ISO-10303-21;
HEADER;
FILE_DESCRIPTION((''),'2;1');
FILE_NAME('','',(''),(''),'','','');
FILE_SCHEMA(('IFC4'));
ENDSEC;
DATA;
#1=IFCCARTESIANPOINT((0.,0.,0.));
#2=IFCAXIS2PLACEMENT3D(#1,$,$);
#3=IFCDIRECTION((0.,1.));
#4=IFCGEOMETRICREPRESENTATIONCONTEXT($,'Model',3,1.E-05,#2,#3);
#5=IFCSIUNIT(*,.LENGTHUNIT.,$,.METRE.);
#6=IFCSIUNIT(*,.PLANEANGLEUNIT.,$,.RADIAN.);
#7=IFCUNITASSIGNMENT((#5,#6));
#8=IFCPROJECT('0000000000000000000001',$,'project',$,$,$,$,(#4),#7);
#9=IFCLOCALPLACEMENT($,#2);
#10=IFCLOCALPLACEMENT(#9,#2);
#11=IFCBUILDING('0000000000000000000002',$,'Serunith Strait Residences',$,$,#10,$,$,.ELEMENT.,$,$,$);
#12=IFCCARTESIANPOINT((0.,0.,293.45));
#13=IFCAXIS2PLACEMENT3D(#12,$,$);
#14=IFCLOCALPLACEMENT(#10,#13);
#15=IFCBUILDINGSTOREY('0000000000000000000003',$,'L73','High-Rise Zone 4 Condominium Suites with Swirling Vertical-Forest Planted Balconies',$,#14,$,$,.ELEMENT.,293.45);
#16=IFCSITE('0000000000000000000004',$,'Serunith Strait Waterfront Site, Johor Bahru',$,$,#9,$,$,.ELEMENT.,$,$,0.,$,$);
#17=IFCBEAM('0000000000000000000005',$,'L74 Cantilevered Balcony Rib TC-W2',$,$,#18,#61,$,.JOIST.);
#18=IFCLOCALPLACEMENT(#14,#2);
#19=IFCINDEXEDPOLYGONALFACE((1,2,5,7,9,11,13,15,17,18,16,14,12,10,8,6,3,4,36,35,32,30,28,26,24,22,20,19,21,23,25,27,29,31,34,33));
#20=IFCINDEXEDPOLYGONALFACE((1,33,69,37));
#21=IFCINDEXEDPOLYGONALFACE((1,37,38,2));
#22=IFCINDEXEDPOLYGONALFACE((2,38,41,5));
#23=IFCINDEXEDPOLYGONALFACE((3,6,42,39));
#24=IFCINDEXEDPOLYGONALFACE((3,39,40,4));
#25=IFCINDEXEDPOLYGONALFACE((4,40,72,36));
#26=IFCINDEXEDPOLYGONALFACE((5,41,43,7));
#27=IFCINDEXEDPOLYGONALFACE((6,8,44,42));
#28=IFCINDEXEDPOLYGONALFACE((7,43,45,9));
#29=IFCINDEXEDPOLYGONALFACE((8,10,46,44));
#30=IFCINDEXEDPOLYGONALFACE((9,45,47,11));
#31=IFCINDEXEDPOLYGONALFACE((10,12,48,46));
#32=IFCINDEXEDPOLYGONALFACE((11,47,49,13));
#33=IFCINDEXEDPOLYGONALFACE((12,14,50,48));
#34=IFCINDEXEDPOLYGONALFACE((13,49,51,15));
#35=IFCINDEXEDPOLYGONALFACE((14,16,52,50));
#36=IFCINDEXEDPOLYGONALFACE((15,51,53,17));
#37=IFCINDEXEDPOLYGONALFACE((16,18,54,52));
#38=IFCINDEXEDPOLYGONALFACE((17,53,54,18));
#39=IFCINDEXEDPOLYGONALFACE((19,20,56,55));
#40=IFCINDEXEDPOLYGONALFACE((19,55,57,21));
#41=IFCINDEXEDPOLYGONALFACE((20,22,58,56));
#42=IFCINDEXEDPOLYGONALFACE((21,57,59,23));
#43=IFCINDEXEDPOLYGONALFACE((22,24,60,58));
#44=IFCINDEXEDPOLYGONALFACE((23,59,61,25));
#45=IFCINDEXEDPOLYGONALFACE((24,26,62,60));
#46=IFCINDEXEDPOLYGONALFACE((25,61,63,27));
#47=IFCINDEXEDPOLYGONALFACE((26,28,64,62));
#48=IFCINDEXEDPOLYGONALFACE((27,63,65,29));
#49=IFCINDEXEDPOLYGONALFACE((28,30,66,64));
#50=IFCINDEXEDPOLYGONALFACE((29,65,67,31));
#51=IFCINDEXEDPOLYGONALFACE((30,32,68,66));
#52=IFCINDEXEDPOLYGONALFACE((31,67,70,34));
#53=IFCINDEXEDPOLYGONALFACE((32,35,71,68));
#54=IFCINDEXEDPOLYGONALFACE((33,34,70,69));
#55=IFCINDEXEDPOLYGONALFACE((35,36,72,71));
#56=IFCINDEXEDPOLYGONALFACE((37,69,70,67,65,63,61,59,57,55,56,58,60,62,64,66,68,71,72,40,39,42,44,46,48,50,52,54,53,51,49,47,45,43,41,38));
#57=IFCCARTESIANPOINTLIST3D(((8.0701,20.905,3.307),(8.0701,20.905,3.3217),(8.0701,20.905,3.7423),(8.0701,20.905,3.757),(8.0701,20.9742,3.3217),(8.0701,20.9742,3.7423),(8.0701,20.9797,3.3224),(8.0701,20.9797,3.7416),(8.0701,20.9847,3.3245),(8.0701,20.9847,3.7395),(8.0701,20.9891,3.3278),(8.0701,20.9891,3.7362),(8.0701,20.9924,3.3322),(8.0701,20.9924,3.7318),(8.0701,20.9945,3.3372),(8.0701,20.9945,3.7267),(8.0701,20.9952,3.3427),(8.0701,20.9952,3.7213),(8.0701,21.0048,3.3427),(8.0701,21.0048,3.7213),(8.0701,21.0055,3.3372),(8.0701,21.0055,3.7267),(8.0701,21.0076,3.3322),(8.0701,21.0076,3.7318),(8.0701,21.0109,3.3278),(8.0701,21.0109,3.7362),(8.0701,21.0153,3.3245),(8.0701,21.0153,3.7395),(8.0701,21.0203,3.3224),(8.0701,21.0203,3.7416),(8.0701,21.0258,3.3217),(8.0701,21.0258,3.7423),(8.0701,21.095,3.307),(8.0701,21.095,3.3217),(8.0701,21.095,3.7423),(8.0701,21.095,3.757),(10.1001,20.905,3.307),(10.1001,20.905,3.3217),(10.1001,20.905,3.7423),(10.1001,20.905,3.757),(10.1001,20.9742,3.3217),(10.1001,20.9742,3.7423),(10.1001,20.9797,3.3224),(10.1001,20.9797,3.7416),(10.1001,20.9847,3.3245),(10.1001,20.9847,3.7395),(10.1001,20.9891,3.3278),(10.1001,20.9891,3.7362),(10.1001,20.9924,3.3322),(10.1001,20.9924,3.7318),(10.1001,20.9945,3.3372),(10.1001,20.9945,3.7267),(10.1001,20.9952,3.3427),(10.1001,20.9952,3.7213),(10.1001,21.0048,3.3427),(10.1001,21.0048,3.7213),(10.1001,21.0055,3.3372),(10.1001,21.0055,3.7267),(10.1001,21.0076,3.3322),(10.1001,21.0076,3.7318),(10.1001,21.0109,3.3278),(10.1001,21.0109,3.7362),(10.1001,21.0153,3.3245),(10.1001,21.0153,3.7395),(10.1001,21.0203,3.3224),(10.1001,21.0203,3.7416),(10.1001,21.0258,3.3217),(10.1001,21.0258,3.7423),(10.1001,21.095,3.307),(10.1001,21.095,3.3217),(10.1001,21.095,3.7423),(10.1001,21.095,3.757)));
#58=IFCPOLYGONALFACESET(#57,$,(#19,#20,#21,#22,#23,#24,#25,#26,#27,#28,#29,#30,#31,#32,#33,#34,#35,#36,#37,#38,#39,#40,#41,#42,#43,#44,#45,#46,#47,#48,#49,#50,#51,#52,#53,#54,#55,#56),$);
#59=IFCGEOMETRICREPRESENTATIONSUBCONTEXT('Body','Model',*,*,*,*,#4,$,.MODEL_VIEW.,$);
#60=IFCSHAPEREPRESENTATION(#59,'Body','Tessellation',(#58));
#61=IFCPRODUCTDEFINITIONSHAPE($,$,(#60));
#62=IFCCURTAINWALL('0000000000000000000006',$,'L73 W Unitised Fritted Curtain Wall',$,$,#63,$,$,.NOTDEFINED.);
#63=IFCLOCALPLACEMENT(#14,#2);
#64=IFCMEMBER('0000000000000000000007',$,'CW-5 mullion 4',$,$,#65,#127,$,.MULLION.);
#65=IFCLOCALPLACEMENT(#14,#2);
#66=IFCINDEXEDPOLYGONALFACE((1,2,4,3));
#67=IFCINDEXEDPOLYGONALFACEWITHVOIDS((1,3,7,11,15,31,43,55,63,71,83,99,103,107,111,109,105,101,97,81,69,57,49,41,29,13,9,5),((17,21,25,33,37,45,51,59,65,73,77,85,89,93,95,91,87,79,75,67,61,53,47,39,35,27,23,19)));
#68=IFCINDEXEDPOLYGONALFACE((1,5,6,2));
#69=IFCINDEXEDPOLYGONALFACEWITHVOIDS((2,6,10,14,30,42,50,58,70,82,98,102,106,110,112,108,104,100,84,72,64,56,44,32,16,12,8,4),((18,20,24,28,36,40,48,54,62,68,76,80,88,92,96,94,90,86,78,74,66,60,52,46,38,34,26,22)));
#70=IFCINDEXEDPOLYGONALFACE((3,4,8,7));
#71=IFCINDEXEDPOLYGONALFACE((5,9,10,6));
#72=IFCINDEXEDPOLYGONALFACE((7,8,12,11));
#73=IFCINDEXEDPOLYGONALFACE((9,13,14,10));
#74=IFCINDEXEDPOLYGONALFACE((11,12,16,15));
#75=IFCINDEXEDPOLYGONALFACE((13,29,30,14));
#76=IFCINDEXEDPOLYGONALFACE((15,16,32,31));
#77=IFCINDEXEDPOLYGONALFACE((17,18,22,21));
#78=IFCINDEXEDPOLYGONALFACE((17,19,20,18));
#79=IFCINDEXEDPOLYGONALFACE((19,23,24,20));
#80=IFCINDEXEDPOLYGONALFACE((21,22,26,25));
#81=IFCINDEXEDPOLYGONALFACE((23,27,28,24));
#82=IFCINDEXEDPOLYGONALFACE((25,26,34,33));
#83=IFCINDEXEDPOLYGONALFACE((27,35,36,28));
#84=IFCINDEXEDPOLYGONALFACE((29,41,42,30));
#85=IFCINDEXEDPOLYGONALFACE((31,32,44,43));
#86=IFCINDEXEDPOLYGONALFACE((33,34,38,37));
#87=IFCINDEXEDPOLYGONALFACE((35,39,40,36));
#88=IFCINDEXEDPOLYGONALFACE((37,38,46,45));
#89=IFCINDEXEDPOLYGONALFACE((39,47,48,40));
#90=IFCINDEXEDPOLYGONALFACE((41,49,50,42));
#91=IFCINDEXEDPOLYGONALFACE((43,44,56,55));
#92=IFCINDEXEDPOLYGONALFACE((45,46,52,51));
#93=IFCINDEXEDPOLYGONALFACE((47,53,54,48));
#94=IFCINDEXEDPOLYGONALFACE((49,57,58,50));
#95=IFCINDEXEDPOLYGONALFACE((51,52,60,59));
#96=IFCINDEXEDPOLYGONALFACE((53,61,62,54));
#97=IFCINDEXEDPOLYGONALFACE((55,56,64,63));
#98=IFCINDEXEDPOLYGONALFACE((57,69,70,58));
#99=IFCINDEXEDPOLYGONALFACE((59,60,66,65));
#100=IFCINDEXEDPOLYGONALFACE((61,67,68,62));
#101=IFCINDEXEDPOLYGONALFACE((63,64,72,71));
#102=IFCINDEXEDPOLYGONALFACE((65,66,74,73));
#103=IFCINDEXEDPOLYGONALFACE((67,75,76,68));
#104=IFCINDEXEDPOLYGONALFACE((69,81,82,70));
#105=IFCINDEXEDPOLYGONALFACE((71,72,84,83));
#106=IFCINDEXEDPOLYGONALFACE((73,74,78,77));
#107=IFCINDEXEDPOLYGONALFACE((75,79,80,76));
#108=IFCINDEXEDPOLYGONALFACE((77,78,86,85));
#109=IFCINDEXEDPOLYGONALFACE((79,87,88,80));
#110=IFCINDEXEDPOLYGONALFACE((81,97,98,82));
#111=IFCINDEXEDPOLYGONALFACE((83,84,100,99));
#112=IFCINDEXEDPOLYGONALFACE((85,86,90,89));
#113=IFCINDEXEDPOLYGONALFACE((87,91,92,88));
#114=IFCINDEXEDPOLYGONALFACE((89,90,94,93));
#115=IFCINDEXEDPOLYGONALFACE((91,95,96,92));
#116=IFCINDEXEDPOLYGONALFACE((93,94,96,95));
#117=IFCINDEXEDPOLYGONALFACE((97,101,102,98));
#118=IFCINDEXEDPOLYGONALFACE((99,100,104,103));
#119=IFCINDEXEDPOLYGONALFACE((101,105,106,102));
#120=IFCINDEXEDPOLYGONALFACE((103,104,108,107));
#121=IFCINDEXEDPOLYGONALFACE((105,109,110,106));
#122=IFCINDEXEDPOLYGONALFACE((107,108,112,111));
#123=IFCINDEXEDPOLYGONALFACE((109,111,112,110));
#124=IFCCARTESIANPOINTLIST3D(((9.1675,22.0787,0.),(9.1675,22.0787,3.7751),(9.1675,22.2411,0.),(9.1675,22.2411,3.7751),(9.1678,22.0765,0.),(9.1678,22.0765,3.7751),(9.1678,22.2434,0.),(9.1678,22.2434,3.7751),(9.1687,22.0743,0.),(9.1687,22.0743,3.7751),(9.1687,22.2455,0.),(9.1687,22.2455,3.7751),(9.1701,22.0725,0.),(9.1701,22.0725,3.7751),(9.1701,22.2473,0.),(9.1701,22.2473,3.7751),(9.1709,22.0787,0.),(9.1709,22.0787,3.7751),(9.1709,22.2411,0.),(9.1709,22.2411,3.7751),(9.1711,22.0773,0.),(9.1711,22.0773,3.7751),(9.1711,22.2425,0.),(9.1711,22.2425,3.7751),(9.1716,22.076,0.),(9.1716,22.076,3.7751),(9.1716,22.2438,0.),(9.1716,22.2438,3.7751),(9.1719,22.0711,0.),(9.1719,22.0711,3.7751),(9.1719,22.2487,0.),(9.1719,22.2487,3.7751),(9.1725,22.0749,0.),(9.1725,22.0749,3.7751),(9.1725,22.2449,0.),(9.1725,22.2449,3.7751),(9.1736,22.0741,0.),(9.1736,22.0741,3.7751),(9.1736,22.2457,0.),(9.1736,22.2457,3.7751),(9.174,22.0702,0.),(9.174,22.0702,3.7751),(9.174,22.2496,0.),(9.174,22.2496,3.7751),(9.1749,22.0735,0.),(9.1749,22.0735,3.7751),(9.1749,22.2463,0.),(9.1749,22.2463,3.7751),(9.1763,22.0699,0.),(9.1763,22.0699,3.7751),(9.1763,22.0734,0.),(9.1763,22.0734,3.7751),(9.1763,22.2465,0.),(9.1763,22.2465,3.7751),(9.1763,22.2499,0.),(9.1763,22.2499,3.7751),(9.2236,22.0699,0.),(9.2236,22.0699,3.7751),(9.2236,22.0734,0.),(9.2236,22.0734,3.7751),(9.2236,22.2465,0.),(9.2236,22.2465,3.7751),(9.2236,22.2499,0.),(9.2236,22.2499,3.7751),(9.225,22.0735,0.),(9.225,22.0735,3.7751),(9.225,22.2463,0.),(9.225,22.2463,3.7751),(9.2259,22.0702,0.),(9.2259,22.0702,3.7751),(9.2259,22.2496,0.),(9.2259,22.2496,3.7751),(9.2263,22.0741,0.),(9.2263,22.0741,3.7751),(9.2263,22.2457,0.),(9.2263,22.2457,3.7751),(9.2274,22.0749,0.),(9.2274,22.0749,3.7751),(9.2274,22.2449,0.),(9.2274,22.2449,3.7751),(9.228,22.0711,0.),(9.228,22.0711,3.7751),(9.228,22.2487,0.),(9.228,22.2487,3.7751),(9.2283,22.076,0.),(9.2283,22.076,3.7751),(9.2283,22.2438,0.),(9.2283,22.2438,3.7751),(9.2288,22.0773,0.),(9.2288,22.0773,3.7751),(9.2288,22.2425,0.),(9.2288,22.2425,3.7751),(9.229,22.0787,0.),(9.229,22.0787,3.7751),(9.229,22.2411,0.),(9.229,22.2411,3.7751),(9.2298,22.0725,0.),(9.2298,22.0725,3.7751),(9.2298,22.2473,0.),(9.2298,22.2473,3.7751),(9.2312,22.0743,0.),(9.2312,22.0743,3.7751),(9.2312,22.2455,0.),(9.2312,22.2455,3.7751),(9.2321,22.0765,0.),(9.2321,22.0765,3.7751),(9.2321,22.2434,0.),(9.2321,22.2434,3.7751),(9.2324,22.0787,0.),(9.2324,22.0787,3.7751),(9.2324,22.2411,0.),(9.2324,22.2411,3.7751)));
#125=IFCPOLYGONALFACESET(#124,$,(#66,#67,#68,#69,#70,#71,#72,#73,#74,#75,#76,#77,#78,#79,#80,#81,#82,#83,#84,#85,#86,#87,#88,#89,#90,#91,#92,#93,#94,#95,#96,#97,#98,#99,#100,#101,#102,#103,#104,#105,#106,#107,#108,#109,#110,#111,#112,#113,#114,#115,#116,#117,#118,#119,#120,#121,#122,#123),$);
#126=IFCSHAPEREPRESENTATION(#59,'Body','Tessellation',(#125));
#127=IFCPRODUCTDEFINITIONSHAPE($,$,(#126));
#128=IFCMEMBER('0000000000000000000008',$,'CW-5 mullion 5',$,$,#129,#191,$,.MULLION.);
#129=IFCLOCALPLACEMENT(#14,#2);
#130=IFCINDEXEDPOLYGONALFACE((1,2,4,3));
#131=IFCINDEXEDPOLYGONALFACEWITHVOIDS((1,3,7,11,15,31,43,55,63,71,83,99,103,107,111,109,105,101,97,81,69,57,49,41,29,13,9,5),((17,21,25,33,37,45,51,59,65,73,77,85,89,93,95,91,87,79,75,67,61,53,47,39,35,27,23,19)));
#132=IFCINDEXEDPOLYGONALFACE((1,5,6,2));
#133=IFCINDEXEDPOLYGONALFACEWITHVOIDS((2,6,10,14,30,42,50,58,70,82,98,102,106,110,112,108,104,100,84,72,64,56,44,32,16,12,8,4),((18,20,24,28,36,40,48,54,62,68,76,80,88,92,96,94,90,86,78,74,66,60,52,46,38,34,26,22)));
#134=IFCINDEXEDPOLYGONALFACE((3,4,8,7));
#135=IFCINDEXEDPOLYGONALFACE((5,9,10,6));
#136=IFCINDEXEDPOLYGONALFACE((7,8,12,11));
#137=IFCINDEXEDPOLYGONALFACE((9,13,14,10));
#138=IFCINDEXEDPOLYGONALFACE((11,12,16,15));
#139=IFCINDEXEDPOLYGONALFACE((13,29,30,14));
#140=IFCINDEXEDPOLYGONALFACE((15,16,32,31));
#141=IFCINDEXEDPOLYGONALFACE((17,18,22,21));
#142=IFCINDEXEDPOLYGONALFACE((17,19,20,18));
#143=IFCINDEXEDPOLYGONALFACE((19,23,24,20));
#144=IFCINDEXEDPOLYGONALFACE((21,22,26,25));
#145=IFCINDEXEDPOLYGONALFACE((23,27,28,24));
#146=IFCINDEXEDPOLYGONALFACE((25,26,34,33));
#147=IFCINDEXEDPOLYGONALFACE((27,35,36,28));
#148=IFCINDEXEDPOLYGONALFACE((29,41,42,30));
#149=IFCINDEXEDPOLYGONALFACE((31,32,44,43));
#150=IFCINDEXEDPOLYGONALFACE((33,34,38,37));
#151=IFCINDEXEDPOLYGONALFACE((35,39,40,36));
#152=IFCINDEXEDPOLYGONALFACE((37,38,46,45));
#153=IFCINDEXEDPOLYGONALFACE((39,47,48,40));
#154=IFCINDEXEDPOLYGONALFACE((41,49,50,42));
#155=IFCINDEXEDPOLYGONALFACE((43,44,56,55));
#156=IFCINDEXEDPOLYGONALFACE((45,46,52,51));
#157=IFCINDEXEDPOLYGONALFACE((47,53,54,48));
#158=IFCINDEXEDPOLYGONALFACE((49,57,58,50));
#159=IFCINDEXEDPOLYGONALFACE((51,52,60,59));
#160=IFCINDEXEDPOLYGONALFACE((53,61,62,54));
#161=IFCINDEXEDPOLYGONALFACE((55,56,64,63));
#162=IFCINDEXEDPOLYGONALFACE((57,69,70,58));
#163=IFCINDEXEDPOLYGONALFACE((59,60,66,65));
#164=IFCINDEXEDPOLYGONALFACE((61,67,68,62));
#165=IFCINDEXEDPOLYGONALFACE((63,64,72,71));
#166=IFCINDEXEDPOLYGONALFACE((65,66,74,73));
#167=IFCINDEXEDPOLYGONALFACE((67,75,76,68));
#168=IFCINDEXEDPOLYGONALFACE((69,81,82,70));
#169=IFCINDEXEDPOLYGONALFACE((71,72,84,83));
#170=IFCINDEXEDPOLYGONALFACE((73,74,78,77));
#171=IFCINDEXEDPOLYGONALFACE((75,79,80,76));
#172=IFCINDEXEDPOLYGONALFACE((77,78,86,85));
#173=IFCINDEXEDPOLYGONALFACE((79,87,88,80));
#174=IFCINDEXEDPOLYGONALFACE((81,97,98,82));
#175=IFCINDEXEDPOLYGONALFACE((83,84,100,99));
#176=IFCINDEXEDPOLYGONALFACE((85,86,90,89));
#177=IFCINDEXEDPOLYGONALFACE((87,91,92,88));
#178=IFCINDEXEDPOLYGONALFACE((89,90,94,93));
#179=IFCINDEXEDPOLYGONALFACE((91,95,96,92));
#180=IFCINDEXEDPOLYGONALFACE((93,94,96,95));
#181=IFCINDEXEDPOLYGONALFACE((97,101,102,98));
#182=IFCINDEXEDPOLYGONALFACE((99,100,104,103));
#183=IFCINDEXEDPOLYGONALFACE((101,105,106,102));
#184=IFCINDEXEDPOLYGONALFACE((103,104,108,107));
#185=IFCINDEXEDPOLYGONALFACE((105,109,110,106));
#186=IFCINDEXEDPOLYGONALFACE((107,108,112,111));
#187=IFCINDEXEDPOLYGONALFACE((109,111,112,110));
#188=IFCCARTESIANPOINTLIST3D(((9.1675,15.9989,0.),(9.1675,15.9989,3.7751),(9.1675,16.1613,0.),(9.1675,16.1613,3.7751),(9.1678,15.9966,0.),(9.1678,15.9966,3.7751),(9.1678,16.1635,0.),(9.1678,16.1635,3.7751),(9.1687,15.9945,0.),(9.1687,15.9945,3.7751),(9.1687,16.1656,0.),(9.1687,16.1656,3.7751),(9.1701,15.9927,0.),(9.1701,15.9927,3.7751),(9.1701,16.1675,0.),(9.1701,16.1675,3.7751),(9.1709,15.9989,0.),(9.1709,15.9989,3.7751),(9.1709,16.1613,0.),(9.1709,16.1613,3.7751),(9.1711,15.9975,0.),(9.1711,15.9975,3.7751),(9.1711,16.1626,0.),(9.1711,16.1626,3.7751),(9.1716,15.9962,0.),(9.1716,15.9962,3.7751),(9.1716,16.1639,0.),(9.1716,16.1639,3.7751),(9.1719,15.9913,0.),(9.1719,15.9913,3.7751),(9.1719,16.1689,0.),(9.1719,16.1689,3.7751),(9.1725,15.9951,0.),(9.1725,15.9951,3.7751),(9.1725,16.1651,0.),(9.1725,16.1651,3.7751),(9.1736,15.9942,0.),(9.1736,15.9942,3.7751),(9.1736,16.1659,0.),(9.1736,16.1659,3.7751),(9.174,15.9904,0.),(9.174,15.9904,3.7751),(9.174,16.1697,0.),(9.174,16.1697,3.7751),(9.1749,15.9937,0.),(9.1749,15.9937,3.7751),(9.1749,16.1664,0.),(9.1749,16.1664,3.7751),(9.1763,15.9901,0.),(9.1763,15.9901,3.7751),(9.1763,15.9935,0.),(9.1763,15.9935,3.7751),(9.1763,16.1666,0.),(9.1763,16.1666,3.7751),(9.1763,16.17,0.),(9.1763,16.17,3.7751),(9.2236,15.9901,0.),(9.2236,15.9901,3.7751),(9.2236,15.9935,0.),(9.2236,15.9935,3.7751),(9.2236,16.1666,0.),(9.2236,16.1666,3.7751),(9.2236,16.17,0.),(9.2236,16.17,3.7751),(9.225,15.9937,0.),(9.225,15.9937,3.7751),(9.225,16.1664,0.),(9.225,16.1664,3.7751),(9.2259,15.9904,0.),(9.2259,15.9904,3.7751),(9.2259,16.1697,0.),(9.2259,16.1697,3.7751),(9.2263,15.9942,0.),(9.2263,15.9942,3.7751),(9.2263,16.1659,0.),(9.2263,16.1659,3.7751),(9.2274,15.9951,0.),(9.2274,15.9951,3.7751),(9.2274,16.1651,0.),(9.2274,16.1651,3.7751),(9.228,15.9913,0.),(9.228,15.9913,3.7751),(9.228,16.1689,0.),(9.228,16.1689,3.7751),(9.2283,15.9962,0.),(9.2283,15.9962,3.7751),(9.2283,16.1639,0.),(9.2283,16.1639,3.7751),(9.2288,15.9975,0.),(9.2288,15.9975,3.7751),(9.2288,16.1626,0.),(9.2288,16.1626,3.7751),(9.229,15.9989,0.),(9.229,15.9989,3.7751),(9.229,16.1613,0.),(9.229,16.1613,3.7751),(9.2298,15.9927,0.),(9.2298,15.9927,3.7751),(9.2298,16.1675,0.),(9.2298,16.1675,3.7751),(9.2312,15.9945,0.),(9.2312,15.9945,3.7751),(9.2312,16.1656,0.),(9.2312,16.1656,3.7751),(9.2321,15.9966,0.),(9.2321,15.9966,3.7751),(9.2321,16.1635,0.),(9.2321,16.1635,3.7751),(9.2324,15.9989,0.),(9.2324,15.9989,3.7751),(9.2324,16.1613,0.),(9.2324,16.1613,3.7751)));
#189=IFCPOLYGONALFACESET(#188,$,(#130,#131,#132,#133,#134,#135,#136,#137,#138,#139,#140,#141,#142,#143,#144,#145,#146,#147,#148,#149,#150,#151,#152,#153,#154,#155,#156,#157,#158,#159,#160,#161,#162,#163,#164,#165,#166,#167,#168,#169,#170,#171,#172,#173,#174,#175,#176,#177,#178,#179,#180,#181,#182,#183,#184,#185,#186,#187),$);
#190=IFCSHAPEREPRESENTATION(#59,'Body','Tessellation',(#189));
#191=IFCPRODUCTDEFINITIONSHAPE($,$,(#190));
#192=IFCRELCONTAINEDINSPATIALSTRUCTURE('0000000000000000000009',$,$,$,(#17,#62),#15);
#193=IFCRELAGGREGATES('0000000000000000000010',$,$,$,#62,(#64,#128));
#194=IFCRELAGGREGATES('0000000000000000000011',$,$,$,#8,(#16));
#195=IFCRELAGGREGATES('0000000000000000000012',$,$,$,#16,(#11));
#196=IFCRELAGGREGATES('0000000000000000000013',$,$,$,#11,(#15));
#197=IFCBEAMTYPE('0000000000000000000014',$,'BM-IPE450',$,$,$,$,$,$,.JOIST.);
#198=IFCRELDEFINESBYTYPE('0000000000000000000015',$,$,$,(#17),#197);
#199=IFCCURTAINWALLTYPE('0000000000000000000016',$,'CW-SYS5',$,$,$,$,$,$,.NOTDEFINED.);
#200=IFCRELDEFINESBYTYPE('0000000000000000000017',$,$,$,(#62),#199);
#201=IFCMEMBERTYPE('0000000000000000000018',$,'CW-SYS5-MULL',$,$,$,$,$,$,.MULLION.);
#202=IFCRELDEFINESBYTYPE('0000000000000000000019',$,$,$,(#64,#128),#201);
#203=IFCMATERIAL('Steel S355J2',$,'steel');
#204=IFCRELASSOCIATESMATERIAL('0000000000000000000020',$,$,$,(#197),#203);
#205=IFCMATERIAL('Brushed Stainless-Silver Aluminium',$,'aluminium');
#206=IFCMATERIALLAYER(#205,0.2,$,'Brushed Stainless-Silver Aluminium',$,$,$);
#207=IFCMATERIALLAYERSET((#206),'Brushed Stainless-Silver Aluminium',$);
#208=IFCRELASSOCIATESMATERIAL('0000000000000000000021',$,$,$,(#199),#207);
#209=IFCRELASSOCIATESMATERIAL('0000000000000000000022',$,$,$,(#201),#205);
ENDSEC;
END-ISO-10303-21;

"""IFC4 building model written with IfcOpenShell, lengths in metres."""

from ifc_helpers import new_model, si_unit, direction, frame, origin, origin_2d, place, context, subcontext, project, spatial, hollow_rectangle, i_section, extrude, source, transform, mapped, material, layer, layer_set, material_profile, profile_set, type_object, element, aggregate, save


model = new_model("IFC4")

# Units and contexts
model_context = context("Model", 3, precision=1e-05, world=origin(), true_north=direction((0.0, 1.0)))
body_context = subcontext(model_context, "Body", "Model", "MODEL_VIEW")
ifc_project = project(units=[si_unit("LENGTHUNIT", "METRE"), si_unit("PLANEANGLEUNIT", "RADIAN")], contexts=[model_context])

# Site, building, storey
site_placement = place(None, origin())
site = spatial("IfcSite", under=ifc_project, at=site_placement, Name="Serunith Strait Waterfront Site, Johor Bahru", CompositionType="ELEMENT", RefElevation=0.0)
building_placement = place(site_placement, origin())
building = spatial("IfcBuilding", under=site, at=building_placement, Name="Serunith Strait Residences", CompositionType="ELEMENT")
storey_placement = place(building_placement, frame((0.0, 0.0, 293.45)))
storey = spatial("IfcBuildingStorey", under=building, at=storey_placement, Name="L73", Description="High-Rise Zone 4 Condominium Suites with Swirling Vertical-Forest Planted Balconies", CompositionType="ELEMENT", Elevation=293.45)

# Beam
ifc_material_1 = material(Name="Steel S355J2", Category="steel")
ifc_material_profile_1 = material_profile(ifc_material_1, i_section(OverallWidth=0.1899, OverallDepth=0.45, WebThickness=0.0095, FlangeThickness=0.0146, FilletRadius=0.021, at=origin_2d()), Name="IPE 450")
ifc_profile_set_1 = profile_set([ifc_material_profile_1], Name="Steel S355J2")
beam_type_1 = type_object("IfcBeamType", Name="BM-IPE450", PredefinedType="JOIST", material=ifc_profile_set_1)
shared_shape_1 = source(origin(), body_context, "Body", "SweptSolid", [
    extrude(i_section(OverallWidth=0.1899, OverallDepth=0.45, WebThickness=0.0095, FlangeThickness=0.0146, FilletRadius=0.021, at=origin_2d()), origin(), (0.0, 0.0, 1.0), 2.03),
])
for number, where, z_axis, x_axis, name in (
    (1, (10.1001, 21.0, 3.532), (-1.0, 0.0, 0.0), (0.0, -1.0, 0.0), "L74 Cantilevered Balcony Rib TC-W2"),
):
    element("IfcBeam", number, at=place(storey_placement, frame(where, z_axis=z_axis, x_axis=x_axis)), inside=storey, type_object=beam_type_1, Name=name, PredefinedType="JOIST", context=body_context, shape_type="MappedRepresentation", body=[
        mapped(shared_shape_1, transform((0.0, 0.0, 0.0), scale=1.0)),
    ])

# Curtain wall, members
ifc_material_2 = material(Name="Brushed Stainless-Silver Aluminium", Category="aluminium")
ifc_layer_1 = layer(ifc_material_2, 0.2, Name="Brushed Stainless-Silver Aluminium")
ifc_layer_set_1 = layer_set([ifc_layer_1], Name="Brushed Stainless-Silver Aluminium")
curtain_wall_type = type_object("IfcCurtainWallType", Name="CW-SYS5", PredefinedType="NOTDEFINED", material=ifc_layer_set_1)
curtain_wall_placement = place(storey_placement, origin())
curtain_wall = element("IfcCurtainWall", 2, at=curtain_wall_placement, inside=storey, type_object=curtain_wall_type, Name="L73 W Unitised Fritted Curtain Wall", PredefinedType="NOTDEFINED")
ifc_material_profile_2 = material_profile(ifc_material_2, hollow_rectangle(XDim=0.0649, YDim=0.1799, WallThickness=0.0034, InnerFilletRadius=0.0054, OuterFilletRadius=0.0088, at=origin_2d()), Name="ALU 180x65x3.5")
ifc_profile_set_2 = profile_set([ifc_material_profile_2], Name="Brushed Stainless-Silver Aluminium")
member_type_1 = type_object("IfcMemberType", Name="CW-SYS5-MULL", PredefinedType="MULLION", material=ifc_profile_set_2)
shared_shape_2 = source(origin(), body_context, "Body", "SweptSolid", [
    extrude(hollow_rectangle(XDim=0.0649, YDim=0.1799, WallThickness=0.0034, InnerFilletRadius=0.0054, OuterFilletRadius=0.0088, at=origin_2d()), origin(), (0.0, 0.0, 1.0), 3.7751),
])
member_1_placement = place(storey_placement, frame((9.2, 22.1599, 0.0), z_axis=(0.0, 0.0, 1.0), x_axis=(1.0, 0.0, 0.0)))
member_1 = element("IfcMember", 3, at=member_1_placement, type_object=member_type_1, Name="CW-5 mullion 4", PredefinedType="MULLION", context=body_context, shape_type="MappedRepresentation", body=[
    mapped(shared_shape_2, transform((0.0, 0.0, 0.0), scale=1.0)),
])
member_2_placement = place(storey_placement, frame((9.2, 16.0801, 0.0), z_axis=(0.0, 0.0, 1.0), x_axis=(1.0, 0.0, 0.0)))
member_2 = element("IfcMember", 4, at=member_2_placement, type_object=member_type_1, Name="CW-5 mullion 5", PredefinedType="MULLION", context=body_context, shape_type="MappedRepresentation", body=[
    mapped(shared_shape_2, transform((0.0, 0.0, 0.0), scale=1.0)),
])
aggregate(curtain_wall, [member_1, member_2])

save(model, "model.ifc")
